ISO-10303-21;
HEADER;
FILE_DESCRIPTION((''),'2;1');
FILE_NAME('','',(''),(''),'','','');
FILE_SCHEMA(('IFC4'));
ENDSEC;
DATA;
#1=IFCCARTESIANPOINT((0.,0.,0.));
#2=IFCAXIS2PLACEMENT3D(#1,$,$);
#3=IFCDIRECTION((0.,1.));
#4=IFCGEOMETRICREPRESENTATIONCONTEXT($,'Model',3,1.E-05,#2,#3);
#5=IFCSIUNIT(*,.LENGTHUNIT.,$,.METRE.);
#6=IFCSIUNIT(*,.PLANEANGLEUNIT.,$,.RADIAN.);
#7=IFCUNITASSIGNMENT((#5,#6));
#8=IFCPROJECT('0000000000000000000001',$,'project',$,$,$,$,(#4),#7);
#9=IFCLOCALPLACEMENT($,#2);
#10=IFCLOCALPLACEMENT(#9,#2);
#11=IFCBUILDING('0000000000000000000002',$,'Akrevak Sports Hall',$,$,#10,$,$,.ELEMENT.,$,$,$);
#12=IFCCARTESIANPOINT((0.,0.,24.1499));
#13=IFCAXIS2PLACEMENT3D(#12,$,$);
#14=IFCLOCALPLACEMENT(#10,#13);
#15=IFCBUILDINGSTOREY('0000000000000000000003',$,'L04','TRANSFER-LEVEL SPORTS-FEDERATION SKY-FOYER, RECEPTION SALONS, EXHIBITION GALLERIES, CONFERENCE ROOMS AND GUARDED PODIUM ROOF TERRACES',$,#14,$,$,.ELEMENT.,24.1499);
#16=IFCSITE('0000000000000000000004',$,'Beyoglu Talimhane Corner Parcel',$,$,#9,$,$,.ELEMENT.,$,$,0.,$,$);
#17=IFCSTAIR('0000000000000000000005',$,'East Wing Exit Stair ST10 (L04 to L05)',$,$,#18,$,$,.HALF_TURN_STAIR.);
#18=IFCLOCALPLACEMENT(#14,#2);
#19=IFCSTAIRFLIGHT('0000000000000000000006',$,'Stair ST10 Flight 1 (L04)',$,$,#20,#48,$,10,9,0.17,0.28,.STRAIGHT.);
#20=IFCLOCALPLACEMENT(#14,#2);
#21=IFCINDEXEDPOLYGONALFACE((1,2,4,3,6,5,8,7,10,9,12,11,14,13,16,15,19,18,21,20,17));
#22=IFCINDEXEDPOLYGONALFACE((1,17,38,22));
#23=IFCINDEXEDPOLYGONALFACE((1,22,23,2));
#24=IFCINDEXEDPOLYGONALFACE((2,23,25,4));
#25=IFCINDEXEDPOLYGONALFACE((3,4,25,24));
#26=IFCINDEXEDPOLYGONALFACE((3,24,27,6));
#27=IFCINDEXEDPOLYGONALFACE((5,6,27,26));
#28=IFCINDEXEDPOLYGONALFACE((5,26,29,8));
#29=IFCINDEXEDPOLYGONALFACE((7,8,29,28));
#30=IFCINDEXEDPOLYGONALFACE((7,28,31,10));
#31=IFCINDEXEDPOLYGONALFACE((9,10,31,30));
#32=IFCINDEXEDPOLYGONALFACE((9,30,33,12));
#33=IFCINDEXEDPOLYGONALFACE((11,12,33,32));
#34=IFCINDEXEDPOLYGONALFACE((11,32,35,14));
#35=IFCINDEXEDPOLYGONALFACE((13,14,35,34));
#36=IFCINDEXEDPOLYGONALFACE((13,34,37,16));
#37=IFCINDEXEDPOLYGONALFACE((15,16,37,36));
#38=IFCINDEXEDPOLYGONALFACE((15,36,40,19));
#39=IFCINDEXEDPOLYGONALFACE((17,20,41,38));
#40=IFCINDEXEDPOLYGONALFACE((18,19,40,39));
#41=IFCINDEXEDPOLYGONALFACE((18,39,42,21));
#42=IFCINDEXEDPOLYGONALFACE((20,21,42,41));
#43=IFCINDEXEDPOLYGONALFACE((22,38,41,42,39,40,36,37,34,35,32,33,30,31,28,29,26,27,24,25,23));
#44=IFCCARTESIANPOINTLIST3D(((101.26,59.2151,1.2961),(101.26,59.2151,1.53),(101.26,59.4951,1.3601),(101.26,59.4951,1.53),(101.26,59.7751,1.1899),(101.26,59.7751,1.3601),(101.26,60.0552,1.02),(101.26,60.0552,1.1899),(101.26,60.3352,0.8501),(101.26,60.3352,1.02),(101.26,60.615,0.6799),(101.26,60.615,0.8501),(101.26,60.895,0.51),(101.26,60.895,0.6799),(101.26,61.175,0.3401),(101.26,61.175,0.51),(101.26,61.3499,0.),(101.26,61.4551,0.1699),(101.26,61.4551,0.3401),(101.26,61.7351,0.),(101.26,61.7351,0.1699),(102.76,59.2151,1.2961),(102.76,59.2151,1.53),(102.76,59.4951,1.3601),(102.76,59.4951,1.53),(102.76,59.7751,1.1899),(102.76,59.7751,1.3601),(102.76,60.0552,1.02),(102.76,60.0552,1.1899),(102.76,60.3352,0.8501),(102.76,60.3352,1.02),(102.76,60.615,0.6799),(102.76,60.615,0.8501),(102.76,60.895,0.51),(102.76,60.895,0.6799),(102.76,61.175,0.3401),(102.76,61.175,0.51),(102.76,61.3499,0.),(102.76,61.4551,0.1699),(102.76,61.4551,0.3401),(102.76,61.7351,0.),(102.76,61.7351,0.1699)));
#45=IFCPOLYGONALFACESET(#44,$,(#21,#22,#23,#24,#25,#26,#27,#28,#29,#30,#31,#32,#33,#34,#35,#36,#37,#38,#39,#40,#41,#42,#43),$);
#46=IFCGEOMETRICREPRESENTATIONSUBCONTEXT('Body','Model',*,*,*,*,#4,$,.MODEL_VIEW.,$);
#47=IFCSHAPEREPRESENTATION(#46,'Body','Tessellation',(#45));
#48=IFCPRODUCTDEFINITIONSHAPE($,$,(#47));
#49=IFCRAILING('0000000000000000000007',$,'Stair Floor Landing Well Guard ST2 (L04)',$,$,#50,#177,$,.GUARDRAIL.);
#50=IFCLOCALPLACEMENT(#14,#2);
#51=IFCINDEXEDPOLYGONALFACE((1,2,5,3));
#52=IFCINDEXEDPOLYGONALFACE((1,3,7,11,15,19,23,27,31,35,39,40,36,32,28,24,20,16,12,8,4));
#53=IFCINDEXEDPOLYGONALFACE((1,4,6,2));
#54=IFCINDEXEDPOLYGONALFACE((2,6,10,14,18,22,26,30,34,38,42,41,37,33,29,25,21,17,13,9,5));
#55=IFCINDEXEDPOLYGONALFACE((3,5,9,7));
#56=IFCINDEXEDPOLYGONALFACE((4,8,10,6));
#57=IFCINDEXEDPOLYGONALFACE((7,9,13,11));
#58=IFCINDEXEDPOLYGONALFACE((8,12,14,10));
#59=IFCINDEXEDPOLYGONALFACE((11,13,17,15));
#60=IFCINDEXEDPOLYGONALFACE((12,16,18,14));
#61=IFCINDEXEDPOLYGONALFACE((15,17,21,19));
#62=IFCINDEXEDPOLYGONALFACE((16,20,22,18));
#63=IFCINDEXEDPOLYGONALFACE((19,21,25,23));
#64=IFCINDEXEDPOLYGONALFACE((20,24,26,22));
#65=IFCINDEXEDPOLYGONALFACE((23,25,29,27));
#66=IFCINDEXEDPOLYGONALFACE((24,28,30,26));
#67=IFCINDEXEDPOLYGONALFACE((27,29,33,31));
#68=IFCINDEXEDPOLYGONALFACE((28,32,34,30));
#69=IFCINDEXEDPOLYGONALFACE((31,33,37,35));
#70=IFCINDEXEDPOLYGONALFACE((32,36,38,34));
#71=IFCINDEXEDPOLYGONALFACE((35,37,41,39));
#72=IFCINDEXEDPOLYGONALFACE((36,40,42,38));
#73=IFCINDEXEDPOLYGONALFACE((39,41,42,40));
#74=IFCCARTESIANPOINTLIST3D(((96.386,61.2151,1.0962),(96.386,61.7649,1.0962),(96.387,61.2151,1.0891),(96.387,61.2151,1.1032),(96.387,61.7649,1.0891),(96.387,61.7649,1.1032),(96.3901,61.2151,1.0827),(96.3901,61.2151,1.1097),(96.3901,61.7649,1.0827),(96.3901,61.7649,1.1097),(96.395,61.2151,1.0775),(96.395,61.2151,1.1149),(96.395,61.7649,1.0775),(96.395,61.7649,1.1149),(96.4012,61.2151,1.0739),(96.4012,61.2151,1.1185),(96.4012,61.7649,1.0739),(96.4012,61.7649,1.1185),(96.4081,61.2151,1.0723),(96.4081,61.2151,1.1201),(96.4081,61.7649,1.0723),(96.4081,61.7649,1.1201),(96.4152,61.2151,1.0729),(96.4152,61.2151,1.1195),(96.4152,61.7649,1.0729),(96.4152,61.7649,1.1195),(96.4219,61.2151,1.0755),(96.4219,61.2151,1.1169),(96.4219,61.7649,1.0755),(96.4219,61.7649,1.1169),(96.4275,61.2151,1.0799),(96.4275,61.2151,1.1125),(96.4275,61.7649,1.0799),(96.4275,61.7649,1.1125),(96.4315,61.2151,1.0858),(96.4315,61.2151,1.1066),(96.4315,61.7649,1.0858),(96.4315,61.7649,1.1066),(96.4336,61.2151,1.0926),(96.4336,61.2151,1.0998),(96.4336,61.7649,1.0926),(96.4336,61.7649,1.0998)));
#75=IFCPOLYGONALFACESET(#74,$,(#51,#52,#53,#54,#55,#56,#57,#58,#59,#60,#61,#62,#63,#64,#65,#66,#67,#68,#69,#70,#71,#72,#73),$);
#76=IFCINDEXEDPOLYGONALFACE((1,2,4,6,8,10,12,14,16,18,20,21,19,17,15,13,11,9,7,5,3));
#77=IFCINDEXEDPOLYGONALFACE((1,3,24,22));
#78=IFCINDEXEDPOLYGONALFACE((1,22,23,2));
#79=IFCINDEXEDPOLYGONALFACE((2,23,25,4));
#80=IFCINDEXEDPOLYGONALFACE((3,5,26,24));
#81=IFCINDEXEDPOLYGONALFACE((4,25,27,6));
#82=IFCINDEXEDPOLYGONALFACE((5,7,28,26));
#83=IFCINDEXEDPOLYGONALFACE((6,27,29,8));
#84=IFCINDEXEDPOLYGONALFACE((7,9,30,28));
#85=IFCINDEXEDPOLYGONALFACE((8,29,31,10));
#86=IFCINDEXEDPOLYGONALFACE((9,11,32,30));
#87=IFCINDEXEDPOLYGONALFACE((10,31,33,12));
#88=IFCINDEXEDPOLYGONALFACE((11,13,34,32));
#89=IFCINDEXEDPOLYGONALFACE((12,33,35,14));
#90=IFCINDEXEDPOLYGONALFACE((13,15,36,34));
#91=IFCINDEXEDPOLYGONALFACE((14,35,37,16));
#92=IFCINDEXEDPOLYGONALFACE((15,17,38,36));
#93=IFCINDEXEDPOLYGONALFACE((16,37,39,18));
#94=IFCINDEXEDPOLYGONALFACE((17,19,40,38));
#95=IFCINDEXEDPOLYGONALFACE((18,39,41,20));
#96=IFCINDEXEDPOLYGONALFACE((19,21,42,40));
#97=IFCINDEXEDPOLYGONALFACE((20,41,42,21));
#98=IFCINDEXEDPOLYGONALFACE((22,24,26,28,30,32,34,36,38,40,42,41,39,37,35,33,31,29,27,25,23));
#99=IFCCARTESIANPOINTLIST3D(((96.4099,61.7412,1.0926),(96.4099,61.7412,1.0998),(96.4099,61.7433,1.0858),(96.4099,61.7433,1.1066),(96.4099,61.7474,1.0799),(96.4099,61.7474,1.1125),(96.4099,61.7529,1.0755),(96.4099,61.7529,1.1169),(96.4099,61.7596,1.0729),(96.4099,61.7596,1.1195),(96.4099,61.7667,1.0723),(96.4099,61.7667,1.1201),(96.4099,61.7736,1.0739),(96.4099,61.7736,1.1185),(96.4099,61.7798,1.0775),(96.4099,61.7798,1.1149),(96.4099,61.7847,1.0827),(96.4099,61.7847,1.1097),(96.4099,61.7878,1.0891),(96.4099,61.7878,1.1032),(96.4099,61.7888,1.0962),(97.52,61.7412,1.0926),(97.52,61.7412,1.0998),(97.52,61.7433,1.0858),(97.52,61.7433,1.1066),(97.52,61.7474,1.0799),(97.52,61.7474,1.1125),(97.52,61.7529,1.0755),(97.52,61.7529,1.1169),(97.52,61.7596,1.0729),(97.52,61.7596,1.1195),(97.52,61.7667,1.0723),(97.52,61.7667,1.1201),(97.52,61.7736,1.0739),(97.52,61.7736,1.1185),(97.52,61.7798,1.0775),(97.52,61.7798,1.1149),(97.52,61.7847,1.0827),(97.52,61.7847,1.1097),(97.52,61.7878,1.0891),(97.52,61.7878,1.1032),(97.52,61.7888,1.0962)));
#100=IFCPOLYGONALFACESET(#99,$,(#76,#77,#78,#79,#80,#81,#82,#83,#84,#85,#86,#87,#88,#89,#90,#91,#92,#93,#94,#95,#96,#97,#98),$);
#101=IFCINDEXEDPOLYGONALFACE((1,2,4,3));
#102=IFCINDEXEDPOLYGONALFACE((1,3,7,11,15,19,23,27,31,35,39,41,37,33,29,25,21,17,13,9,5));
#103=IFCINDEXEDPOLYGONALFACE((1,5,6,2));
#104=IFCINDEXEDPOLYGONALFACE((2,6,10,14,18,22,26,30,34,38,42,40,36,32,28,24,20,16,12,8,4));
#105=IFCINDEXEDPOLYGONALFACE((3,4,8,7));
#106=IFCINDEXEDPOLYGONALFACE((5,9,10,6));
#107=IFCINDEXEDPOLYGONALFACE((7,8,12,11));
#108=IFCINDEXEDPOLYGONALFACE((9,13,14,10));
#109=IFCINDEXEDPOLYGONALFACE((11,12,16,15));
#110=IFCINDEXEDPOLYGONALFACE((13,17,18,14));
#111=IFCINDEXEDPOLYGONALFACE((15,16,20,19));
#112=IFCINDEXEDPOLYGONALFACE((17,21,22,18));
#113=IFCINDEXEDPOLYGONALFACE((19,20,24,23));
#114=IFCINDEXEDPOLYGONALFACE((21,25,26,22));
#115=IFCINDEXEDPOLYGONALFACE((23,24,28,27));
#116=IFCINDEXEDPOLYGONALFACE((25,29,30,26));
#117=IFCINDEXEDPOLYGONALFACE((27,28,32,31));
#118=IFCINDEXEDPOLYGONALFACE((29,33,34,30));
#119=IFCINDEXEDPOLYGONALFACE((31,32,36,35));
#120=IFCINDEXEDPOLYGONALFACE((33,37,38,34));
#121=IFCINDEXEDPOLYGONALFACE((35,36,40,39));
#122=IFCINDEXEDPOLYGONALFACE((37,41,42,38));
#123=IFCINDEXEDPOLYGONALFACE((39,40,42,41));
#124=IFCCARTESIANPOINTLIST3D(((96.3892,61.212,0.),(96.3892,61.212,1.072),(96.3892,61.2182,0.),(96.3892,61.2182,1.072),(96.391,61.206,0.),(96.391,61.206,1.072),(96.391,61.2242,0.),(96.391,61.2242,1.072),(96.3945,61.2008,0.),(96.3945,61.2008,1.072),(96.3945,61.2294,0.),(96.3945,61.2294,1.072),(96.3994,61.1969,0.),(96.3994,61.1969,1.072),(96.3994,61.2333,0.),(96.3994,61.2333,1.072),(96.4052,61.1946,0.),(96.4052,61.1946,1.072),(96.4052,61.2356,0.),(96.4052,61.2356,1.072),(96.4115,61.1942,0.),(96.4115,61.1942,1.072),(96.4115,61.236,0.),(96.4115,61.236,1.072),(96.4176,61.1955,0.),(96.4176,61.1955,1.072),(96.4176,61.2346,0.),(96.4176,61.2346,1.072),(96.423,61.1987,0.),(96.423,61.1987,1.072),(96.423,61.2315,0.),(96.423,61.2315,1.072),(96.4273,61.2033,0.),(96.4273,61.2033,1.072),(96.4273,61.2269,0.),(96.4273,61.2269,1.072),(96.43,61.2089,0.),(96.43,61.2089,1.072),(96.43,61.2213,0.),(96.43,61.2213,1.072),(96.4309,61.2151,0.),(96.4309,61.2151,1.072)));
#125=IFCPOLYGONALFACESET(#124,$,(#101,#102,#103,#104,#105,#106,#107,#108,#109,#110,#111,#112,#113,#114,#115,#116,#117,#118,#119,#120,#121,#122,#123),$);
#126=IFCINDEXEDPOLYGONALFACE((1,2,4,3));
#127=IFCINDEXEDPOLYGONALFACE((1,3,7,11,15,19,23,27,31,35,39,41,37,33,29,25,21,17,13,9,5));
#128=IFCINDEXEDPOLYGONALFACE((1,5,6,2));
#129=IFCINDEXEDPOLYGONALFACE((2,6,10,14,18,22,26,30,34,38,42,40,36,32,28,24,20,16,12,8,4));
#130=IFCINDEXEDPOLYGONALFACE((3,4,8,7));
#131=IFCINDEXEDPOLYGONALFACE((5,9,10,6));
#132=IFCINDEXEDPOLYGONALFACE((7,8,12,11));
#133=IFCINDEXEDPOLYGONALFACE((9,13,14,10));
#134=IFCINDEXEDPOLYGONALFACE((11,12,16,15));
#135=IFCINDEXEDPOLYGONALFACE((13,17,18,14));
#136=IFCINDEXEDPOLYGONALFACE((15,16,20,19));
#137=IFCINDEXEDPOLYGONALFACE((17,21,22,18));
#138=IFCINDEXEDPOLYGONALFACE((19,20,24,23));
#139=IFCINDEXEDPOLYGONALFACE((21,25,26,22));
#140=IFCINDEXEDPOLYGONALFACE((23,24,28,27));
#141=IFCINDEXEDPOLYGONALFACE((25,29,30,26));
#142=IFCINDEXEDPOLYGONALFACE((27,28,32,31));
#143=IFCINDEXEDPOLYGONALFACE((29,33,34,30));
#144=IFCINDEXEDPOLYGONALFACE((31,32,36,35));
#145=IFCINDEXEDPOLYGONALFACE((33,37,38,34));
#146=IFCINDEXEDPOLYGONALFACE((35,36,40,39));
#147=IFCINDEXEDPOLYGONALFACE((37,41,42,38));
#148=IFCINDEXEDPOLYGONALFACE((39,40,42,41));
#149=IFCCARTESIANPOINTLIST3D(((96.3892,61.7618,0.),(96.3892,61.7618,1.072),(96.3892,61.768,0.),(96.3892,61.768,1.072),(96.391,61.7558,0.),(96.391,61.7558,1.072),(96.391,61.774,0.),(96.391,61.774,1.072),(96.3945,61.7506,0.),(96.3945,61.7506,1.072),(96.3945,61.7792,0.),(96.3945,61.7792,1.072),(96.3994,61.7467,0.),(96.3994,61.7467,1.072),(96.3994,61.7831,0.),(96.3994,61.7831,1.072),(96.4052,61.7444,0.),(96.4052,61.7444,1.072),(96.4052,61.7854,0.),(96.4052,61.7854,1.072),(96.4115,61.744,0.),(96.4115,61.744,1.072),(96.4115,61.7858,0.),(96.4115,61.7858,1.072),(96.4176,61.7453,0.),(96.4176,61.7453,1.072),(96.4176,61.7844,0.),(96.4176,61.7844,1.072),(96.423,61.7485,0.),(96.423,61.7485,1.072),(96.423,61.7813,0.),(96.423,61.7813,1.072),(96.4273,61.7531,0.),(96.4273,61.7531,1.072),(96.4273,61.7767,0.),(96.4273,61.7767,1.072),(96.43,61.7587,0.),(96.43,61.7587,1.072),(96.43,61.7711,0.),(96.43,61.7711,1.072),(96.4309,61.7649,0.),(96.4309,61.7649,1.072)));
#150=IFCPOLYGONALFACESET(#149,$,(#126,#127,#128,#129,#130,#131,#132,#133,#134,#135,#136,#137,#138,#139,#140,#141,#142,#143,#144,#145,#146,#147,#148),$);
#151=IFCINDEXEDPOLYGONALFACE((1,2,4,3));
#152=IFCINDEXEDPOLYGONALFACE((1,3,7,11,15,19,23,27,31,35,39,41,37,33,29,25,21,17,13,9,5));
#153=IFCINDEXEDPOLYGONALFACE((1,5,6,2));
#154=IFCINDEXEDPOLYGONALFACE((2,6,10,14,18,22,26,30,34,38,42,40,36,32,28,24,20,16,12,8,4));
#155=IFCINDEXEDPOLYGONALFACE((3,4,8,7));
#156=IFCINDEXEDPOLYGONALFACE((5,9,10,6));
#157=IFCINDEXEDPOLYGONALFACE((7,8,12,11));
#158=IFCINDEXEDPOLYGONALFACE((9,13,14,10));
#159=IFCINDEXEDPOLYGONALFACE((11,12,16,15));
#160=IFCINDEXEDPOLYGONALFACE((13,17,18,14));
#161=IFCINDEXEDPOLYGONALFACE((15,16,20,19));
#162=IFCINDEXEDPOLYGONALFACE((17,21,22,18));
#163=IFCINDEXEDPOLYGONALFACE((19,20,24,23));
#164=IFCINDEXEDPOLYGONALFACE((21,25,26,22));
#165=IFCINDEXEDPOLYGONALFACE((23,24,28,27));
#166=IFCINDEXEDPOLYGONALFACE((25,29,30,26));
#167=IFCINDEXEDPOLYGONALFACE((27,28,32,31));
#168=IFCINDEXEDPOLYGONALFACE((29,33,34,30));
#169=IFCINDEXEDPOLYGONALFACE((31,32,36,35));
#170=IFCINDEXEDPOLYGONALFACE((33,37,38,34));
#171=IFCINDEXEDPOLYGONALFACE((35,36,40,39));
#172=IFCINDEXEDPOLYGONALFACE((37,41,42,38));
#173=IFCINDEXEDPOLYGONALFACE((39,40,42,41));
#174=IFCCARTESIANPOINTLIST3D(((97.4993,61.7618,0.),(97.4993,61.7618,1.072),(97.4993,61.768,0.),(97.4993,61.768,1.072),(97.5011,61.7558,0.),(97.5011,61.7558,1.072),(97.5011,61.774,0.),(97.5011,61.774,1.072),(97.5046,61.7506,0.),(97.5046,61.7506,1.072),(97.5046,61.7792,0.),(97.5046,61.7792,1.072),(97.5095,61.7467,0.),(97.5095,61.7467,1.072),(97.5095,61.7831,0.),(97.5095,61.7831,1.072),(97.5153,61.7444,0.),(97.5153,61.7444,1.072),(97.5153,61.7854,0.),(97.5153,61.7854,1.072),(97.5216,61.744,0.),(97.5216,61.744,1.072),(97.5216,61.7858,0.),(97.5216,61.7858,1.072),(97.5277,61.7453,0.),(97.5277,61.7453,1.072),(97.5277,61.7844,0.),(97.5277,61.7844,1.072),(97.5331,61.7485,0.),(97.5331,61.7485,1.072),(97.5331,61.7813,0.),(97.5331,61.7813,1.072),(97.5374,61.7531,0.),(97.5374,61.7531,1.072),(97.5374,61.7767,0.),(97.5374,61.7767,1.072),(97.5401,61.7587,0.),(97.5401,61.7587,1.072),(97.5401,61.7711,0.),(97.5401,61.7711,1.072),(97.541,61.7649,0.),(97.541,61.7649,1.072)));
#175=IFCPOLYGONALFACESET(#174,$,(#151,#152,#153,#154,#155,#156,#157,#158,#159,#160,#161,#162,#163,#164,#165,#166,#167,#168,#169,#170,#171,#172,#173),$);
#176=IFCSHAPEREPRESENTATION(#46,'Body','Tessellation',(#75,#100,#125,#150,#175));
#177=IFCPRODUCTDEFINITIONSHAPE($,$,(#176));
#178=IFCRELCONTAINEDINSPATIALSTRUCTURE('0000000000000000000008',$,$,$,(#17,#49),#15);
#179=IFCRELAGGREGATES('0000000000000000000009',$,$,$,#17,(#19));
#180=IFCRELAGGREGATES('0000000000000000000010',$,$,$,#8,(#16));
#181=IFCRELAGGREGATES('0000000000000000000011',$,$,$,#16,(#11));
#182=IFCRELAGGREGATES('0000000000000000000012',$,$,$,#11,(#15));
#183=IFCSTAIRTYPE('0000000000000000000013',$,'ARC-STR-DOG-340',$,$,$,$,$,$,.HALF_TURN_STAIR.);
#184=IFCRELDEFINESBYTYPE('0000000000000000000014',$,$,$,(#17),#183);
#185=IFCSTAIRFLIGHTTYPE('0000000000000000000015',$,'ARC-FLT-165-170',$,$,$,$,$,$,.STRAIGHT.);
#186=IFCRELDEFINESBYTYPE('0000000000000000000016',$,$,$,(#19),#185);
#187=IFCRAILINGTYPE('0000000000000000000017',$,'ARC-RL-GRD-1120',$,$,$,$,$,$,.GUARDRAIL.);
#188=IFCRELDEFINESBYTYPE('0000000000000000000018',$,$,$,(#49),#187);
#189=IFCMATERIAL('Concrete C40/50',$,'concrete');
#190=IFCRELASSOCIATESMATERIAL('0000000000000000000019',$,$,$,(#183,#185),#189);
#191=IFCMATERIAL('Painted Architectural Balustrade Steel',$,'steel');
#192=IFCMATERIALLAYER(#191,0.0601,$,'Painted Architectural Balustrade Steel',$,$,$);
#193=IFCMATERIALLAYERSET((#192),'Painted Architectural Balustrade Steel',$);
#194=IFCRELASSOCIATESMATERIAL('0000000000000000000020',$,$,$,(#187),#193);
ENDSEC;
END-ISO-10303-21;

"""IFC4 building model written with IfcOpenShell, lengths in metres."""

from ifc_helpers import new_model, si_unit, direction, frame, origin, origin_2d, place, context, subcontext, project, spatial, polyline, circle, outline, extrude, material, layer, layer_set, type_object, element, aggregate, save


model = new_model("IFC4")

# Units and contexts
model_context = context("Model", 3, precision=1e-05, world=origin(), true_north=direction((0.0, 1.0)))
body_context = subcontext(model_context, "Body", "Model", "MODEL_VIEW")
ifc_project = project(units=[si_unit("LENGTHUNIT", "METRE"), si_unit("PLANEANGLEUNIT", "RADIAN")], contexts=[model_context])

# Site, building, storey
site_placement = place(None, origin())
site = spatial("IfcSite", under=ifc_project, at=site_placement, Name="Beyoglu Talimhane Corner Parcel", CompositionType="ELEMENT", RefElevation=0.0)
building_placement = place(site_placement, origin())
building = spatial("IfcBuilding", under=site, at=building_placement, Name="Akrevak Sports Hall", CompositionType="ELEMENT")
storey_placement = place(building_placement, frame((0.0, 0.0, 24.1499)))
storey = spatial("IfcBuildingStorey", under=building, at=storey_placement, Name="L04", Description="TRANSFER-LEVEL SPORTS-FEDERATION SKY-FOYER, RECEPTION SALONS, EXHIBITION GALLERIES, CONFERENCE ROOMS AND GUARDED PODIUM ROOF TERRACES", CompositionType="ELEMENT", Elevation=24.1499)

# Shared definitions
ifc_material_1 = material(Name="Concrete C40/50", Category="concrete")

# Shared definitions
stair_type = type_object("IfcStairType", Name="ARC-STR-DOG-340", PredefinedType="HALF_TURN_STAIR", material=ifc_material_1)
stair_flight_type = type_object("IfcStairFlightType", Name="ARC-FLT-165-170", PredefinedType="STRAIGHT", material=ifc_material_1)

# Stair, stair flight
stair_1_placement = place(storey_placement, origin())
stair_1 = element("IfcStair", 1, at=stair_1_placement, inside=storey, type_object=stair_type, Name="East Wing Exit Stair ST10 (L04 to L05)", PredefinedType="HALF_TURN_STAIR")
stair_flight_1_placement = place(storey_placement, frame((102.01, 61.7351, 0.0), z_axis=(0.0, 0.0, 1.0), x_axis=(0.0, -1.0, 0.0)))
stair_flight_1 = element("IfcStairFlight", 2, at=stair_flight_1_placement, type_object=stair_flight_type, Name="Stair ST10 Flight 1 (L04)", NumberOfRisers=10, NumberOfTreads=9, PredefinedType="STRAIGHT", RiserHeight=0.17, TreadLength=0.28, context=body_context, shape_type="SweptSolid", body=[
    extrude(outline(polyline([(0.0, 0.0), (0.0, 0.1699), (0.28, 0.1699), (0.28, 0.3401), (0.5601, 0.3401), (0.5601, 0.51), (0.8401, 0.51), (0.8401, 0.6799), (1.1201, 0.6799), (1.1201, 0.8501), (1.3999, 0.8501), (1.3999, 1.02), (1.6799, 1.02), (1.6799, 1.1899), (1.96, 1.1899), (1.96, 1.3601), (2.24, 1.3601), (2.24, 1.53), (2.52, 1.53), (2.52, 1.7), (2.52, 1.2961), (0.3853, 0.0), (0.0, 0.0)])), frame((0.0, 0.75, 0.0), z_axis=(0.0, -1.0, 0.0), x_axis=(1.0, 0.0, 0.0)), (0.0, 0.0, 1.0), 1.5),
])
aggregate(stair_1, [stair_flight_1])

# Railing
ifc_material_2 = material(Name="Painted Architectural Balustrade Steel", Category="steel")
ifc_layer_1 = layer(ifc_material_2, 0.0601, Name="Painted Architectural Balustrade Steel")
ifc_layer_set_1 = layer_set([ifc_layer_1], Name="Painted Architectural Balustrade Steel")
railing_type_1 = type_object("IfcRailingType", Name="ARC-RL-GRD-1120", PredefinedType="GUARDRAIL", material=ifc_layer_set_1)
railing_1_placement = place(storey_placement, frame((96.4099, 61.2151, 0.0)))
element("IfcRailing", 3, at=railing_1_placement, inside=storey, type_object=railing_type_1, Name="Stair Floor Landing Well Guard ST2 (L04)", PredefinedType="GUARDRAIL", context=body_context, shape_type="SweptSolid", body=[
    extrude(circle(Radius=0.0239, at=origin_2d()), frame((0.0, 0.0, 1.0962), z_axis=(0.0, 1.0, 0.0), x_axis=(-1.0, 0.0, 0.0)), (0.0, 0.0, 1.0), 0.5498),
    extrude(circle(Radius=0.0239, at=origin_2d()), frame((0.0, 0.5498, 1.0962), z_axis=(1.0, 0.0, 0.0), x_axis=(0.0, 1.0, 0.0)), (0.0, 0.0, 1.0), 1.1101),
    extrude(circle(Radius=0.021, at=origin_2d()), origin(), (0.0, 0.0, 1.0), 1.072),
    extrude(circle(Radius=0.021, at=origin_2d()), frame((0.0, 0.5498, 0.0)), (0.0, 0.0, 1.0), 1.072),
    extrude(circle(Radius=0.021, at=origin_2d()), frame((1.1101, 0.5498, 0.0)), (0.0, 0.0, 1.0), 1.072),
])

save(model, "model.ifc")
